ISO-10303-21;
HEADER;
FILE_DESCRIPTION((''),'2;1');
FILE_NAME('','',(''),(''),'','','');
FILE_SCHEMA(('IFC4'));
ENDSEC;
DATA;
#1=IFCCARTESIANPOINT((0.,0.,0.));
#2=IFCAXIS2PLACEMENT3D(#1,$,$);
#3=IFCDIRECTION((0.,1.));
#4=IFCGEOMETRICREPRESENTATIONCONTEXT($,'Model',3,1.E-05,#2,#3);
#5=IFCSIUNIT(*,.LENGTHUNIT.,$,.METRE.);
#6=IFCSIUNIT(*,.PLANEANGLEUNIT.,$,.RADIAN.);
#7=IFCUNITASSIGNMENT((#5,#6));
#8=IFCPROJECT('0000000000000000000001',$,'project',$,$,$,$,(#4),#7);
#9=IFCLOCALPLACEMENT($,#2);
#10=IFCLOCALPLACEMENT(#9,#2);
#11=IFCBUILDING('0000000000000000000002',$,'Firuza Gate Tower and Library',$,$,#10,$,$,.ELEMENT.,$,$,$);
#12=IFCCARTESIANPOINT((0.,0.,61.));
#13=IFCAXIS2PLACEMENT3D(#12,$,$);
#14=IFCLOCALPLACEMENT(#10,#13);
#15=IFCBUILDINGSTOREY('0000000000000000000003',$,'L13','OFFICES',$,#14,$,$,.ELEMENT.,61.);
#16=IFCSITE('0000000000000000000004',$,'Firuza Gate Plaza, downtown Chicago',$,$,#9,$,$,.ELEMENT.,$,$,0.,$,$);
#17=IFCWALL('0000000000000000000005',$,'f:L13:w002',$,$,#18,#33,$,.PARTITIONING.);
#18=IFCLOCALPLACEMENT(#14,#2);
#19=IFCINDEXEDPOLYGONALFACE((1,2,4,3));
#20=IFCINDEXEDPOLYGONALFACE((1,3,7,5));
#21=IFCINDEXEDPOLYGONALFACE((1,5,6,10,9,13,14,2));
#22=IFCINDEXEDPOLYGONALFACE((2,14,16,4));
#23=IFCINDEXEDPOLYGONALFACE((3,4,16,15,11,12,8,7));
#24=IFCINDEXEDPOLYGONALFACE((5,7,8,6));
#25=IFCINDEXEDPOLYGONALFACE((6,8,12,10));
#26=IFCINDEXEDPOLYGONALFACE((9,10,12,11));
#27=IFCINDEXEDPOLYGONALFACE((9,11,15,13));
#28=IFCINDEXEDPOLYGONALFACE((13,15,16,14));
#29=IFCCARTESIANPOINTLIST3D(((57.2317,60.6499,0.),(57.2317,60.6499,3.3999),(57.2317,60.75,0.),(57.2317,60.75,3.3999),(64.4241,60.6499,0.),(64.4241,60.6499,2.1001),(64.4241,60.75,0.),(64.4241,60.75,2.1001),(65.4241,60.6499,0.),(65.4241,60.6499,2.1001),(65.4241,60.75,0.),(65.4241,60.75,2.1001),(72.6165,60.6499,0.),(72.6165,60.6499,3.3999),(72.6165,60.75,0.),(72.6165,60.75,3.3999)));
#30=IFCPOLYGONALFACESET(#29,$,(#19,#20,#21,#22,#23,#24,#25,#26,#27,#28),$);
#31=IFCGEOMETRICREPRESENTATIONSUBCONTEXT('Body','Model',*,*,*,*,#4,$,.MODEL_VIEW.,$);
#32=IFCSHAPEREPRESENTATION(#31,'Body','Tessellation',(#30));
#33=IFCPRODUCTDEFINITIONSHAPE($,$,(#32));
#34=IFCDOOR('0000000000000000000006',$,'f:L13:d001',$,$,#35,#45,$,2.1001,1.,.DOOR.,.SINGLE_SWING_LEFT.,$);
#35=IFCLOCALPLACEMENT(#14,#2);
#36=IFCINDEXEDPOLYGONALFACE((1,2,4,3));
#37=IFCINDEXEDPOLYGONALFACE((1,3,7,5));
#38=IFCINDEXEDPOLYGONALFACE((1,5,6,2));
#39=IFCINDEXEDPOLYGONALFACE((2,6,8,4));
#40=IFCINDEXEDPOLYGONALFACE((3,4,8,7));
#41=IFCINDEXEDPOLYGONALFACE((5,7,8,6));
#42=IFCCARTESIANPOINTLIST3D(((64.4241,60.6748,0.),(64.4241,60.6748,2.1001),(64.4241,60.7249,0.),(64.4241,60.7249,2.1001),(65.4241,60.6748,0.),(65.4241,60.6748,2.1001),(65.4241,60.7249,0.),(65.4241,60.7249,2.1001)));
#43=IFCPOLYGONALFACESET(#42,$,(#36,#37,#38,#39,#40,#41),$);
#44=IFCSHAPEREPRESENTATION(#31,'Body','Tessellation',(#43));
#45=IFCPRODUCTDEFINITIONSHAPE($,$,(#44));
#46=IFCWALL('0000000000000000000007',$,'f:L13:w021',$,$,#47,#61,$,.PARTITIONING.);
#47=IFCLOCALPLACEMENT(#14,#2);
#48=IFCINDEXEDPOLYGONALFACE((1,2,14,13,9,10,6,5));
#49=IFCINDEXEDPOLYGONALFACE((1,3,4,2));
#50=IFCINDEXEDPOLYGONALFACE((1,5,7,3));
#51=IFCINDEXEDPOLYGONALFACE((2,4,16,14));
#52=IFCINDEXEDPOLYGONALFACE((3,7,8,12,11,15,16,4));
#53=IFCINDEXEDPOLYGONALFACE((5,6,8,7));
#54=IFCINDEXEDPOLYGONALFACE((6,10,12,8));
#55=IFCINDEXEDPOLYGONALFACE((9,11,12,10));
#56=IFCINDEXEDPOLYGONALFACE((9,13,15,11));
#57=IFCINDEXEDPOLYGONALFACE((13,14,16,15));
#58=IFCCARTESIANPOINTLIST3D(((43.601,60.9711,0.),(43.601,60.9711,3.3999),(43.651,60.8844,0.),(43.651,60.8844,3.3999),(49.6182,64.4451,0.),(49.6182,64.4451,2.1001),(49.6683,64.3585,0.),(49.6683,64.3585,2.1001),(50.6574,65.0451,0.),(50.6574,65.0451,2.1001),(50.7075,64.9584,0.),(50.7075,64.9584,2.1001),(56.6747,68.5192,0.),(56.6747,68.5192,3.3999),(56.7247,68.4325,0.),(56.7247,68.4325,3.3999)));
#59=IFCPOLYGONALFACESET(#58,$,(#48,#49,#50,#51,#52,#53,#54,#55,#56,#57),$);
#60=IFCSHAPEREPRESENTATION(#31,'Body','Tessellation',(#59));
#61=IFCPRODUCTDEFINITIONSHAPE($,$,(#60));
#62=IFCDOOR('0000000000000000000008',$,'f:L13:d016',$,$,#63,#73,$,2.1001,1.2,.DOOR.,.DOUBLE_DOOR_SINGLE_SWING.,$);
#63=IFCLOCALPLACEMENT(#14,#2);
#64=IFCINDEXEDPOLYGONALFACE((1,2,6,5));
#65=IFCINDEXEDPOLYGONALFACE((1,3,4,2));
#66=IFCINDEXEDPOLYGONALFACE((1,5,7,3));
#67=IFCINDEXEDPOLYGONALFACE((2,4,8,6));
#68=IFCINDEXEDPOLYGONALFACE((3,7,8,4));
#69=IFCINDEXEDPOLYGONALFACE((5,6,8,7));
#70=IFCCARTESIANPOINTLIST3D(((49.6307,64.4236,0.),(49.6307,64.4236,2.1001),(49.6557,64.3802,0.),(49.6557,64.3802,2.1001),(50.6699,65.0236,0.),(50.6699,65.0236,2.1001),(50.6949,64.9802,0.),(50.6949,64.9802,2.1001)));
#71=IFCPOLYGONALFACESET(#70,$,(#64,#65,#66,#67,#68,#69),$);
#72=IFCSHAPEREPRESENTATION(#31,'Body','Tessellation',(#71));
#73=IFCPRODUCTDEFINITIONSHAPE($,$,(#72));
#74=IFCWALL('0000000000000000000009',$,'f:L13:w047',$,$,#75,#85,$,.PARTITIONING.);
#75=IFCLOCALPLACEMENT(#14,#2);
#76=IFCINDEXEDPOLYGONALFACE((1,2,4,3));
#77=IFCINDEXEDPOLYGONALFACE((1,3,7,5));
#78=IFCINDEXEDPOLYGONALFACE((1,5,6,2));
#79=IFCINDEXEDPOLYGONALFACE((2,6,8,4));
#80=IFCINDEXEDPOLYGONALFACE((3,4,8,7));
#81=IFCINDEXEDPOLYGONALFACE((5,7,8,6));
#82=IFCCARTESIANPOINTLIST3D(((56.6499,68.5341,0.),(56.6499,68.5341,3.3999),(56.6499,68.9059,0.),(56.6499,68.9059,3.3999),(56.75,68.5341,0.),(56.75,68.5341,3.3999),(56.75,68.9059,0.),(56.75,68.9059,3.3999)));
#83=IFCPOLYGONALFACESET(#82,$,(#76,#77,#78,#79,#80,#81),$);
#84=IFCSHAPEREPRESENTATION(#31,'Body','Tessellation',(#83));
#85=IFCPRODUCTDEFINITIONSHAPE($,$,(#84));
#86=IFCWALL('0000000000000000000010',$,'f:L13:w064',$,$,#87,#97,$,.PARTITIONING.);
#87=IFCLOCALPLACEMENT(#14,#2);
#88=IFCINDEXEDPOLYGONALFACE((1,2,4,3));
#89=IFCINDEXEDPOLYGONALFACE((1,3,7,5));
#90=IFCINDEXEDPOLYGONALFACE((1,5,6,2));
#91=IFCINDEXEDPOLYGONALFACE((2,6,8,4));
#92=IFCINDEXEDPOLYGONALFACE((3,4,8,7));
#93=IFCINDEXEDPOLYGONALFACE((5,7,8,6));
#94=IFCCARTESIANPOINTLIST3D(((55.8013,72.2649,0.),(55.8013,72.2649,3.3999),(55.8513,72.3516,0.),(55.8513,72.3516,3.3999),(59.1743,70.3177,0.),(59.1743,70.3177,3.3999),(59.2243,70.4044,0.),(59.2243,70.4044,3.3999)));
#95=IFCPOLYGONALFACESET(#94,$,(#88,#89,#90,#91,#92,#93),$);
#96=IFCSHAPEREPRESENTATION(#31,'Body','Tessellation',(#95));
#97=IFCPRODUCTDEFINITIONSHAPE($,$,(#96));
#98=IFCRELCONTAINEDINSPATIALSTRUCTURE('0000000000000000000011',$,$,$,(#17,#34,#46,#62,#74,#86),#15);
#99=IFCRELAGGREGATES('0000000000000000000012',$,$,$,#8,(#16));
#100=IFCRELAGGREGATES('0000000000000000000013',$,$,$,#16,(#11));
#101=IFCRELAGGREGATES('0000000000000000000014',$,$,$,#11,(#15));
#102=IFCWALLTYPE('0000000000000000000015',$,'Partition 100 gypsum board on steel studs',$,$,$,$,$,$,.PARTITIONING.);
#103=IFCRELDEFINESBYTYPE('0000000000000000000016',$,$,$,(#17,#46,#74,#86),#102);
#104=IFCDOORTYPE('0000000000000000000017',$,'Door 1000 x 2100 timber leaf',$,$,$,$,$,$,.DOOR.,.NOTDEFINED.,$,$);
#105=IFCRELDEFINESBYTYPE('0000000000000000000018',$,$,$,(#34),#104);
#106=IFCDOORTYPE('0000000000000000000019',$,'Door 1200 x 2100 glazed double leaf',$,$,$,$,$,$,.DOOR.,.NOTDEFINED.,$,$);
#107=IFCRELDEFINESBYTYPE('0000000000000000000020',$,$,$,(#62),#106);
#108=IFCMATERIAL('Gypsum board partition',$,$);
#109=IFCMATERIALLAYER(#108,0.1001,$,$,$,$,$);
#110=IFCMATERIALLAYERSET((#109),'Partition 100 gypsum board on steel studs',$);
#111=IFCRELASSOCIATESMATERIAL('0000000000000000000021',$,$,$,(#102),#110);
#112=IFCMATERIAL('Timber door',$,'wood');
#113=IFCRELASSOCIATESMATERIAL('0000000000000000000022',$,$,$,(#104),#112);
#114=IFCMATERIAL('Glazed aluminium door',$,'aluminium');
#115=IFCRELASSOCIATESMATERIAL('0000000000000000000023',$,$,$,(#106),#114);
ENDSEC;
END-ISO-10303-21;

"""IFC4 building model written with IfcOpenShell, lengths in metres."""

from ifc_helpers import new_model, si_unit, direction, frame, frame_2d, origin, place, context, subcontext, project, spatial, rectangle, extrude, material, layer, layer_set, type_object, element, fill, save


model = new_model("IFC4")

# Units and contexts
model_context = context("Model", 3, precision=1e-05, world=origin(), true_north=direction((0.0, 1.0)))
body_context = subcontext(model_context, "Body", "Model", "MODEL_VIEW")
ifc_project = project(units=[si_unit("LENGTHUNIT", "METRE"), si_unit("PLANEANGLEUNIT", "RADIAN")], contexts=[model_context])

# Site, building, storey
site_placement = place(None, origin())
site = spatial("IfcSite", under=ifc_project, at=site_placement, Name="Firuza Gate Plaza, downtown Chicago", CompositionType="ELEMENT", RefElevation=0.0)
building_placement = place(site_placement, origin())
building = spatial("IfcBuilding", under=site, at=building_placement, Name="Firuza Gate Tower and Library", CompositionType="ELEMENT")
storey_placement = place(building_placement, frame((0.0, 0.0, 61.0)))
storey = spatial("IfcBuildingStorey", under=building, at=storey_placement, Name="L13", Description="OFFICES", CompositionType="ELEMENT", Elevation=61.0)

# Walls, openings, doors
ifc_material_1 = material(Name="Gypsum board partition")
ifc_layer_1 = layer(ifc_material_1, 0.1001)
ifc_layer_set_1 = layer_set([ifc_layer_1], Name="Partition 100 gypsum board on steel studs")
wall_type_1 = type_object("IfcWallType", Name="Partition 100 gypsum board on steel studs", PredefinedType="PARTITIONING", material=ifc_layer_set_1)
wall_1_placement = place(storey_placement, frame((57.2317, 60.7, 0.0), z_axis=(0.0, 0.0, 1.0), x_axis=(1.0, 0.0, 0.0)))
wall_1 = element("IfcWall", 1, at=wall_1_placement, inside=storey, type_object=wall_type_1, Name="f:L13:w002", PredefinedType="PARTITIONING", context=body_context, shape_type="SweptSolid", body=[
    extrude(rectangle(XDim=15.3848, YDim=0.1001, at=frame_2d((7.6924, 0.0))), origin(), (0.0, 0.0, 1.0), 3.3999),
])
opening_1_placement = place(wall_1_placement, frame((7.1924, 0.0, 0.0)))
opening_1 = element("IfcOpeningElement", 2, at=opening_1_placement, cuts=wall_1, PredefinedType="OPENING", context=body_context, shape_type="SweptSolid", body=[
    extrude(rectangle(XDim=1.0, YDim=2.1001, at=frame_2d((0.5, 1.05))), frame((0.0, 0.0601, 0.0), z_axis=(0.0, -1.0, 0.0), x_axis=(1.0, 0.0, 0.0)), (0.0, 0.0, 1.0), 0.1201),
])
ifc_material_2 = material(Name="Timber door", Category="wood")
door_type_1 = type_object("IfcDoorType", Name="Door 1000 x 2100 timber leaf", OperationType="NOTDEFINED", PredefinedType="DOOR", material=ifc_material_2)
door_1_placement = place(opening_1_placement, origin())
door_1 = element("IfcDoor", 3, at=door_1_placement, inside=storey, type_object=door_type_1, Name="f:L13:d001", OperationType="SINGLE_SWING_LEFT", OverallHeight=2.1001, OverallWidth=1.0, PredefinedType="DOOR", context=body_context, shape_type="SweptSolid", body=[
    extrude(rectangle(XDim=1.0, YDim=2.1001, at=frame_2d((0.5, 1.05))), frame((0.0, 0.0249, 0.0), z_axis=(0.0, -1.0, 0.0), x_axis=(1.0, 0.0, 0.0)), (0.0, 0.0, 1.0), 0.05),
])
fill(opening_1, door_1)
wall_2_placement = place(storey_placement, frame((56.6997, 68.4758, 0.0), z_axis=(0.0, 0.0, 1.0), x_axis=(-0.866026, -0.499999, 0.0)))
wall_2 = element("IfcWall", 4, at=wall_2_placement, inside=storey, type_object=wall_type_1, Name="f:L13:w021", PredefinedType="PARTITIONING", context=body_context, shape_type="SweptSolid", body=[
    extrude(rectangle(XDim=15.0962, YDim=0.1001, at=frame_2d((7.5481, 0.0))), origin(), (0.0, 0.0, 1.0), 3.3999),
])
opening_2_placement = place(wall_2_placement, frame((6.948, 0.0, 0.0)))
opening_2 = element("IfcOpeningElement", 5, at=opening_2_placement, cuts=wall_2, PredefinedType="OPENING", context=body_context, shape_type="SweptSolid", body=[
    extrude(rectangle(XDim=1.2, YDim=2.1001, at=frame_2d((0.6001, 1.05))), frame((0.0, 0.0601, 0.0), z_axis=(0.0, -1.0, 0.0), x_axis=(1.0, 0.0, 0.0)), (0.0, 0.0, 1.0), 0.1201),
])
ifc_material_3 = material(Name="Glazed aluminium door", Category="aluminium")
door_type_2 = type_object("IfcDoorType", Name="Door 1200 x 2100 glazed double leaf", OperationType="NOTDEFINED", PredefinedType="DOOR", material=ifc_material_3)
door_2_placement = place(opening_2_placement, origin())
door_2 = element("IfcDoor", 6, at=door_2_placement, inside=storey, type_object=door_type_2, Name="f:L13:d016", OperationType="DOUBLE_DOOR_SINGLE_SWING", OverallHeight=2.1001, OverallWidth=1.2, PredefinedType="DOOR", context=body_context, shape_type="SweptSolid", body=[
    extrude(rectangle(XDim=1.2, YDim=2.1001, at=frame_2d((0.6001, 1.05))), frame((0.0, 0.0249, 0.0), z_axis=(0.0, -1.0, 0.0), x_axis=(1.0, 0.0, 0.0)), (0.0, 0.0, 1.0), 0.05),
])
fill(opening_2, door_2)

# Walls
wall_3_placement = place(storey_placement, frame((56.7, 68.5339, 0.0), z_axis=(0.0, 0.0, 1.0), x_axis=(0.0, 1.0, 0.0)))
element("IfcWall", 7, at=wall_3_placement, inside=storey, type_object=wall_type_1, Name="f:L13:w047", PredefinedType="PARTITIONING", context=body_context, shape_type="SweptSolid", body=[
    extrude(rectangle(XDim=0.3718, YDim=0.1001, at=frame_2d((0.186, 0.0))), origin(), (0.0, 0.0, 1.0), 3.3999),
])
wall_4_placement = place(storey_placement, frame((59.1992, 70.3611, 0.0), z_axis=(0.0, 0.0, 1.0), x_axis=(-0.866044, 0.499968, 0.0)))
element("IfcWall", 8, at=wall_4_placement, inside=storey, type_object=wall_type_1, Name="f:L13:w064", PredefinedType="PARTITIONING", context=body_context, shape_type="SweptSolid", body=[
    extrude(rectangle(XDim=3.8948, YDim=0.1001, at=frame_2d((1.9473, 0.0))), origin(), (0.0, 0.0, 1.0), 3.3999),
])

save(model, "model.ifc")
